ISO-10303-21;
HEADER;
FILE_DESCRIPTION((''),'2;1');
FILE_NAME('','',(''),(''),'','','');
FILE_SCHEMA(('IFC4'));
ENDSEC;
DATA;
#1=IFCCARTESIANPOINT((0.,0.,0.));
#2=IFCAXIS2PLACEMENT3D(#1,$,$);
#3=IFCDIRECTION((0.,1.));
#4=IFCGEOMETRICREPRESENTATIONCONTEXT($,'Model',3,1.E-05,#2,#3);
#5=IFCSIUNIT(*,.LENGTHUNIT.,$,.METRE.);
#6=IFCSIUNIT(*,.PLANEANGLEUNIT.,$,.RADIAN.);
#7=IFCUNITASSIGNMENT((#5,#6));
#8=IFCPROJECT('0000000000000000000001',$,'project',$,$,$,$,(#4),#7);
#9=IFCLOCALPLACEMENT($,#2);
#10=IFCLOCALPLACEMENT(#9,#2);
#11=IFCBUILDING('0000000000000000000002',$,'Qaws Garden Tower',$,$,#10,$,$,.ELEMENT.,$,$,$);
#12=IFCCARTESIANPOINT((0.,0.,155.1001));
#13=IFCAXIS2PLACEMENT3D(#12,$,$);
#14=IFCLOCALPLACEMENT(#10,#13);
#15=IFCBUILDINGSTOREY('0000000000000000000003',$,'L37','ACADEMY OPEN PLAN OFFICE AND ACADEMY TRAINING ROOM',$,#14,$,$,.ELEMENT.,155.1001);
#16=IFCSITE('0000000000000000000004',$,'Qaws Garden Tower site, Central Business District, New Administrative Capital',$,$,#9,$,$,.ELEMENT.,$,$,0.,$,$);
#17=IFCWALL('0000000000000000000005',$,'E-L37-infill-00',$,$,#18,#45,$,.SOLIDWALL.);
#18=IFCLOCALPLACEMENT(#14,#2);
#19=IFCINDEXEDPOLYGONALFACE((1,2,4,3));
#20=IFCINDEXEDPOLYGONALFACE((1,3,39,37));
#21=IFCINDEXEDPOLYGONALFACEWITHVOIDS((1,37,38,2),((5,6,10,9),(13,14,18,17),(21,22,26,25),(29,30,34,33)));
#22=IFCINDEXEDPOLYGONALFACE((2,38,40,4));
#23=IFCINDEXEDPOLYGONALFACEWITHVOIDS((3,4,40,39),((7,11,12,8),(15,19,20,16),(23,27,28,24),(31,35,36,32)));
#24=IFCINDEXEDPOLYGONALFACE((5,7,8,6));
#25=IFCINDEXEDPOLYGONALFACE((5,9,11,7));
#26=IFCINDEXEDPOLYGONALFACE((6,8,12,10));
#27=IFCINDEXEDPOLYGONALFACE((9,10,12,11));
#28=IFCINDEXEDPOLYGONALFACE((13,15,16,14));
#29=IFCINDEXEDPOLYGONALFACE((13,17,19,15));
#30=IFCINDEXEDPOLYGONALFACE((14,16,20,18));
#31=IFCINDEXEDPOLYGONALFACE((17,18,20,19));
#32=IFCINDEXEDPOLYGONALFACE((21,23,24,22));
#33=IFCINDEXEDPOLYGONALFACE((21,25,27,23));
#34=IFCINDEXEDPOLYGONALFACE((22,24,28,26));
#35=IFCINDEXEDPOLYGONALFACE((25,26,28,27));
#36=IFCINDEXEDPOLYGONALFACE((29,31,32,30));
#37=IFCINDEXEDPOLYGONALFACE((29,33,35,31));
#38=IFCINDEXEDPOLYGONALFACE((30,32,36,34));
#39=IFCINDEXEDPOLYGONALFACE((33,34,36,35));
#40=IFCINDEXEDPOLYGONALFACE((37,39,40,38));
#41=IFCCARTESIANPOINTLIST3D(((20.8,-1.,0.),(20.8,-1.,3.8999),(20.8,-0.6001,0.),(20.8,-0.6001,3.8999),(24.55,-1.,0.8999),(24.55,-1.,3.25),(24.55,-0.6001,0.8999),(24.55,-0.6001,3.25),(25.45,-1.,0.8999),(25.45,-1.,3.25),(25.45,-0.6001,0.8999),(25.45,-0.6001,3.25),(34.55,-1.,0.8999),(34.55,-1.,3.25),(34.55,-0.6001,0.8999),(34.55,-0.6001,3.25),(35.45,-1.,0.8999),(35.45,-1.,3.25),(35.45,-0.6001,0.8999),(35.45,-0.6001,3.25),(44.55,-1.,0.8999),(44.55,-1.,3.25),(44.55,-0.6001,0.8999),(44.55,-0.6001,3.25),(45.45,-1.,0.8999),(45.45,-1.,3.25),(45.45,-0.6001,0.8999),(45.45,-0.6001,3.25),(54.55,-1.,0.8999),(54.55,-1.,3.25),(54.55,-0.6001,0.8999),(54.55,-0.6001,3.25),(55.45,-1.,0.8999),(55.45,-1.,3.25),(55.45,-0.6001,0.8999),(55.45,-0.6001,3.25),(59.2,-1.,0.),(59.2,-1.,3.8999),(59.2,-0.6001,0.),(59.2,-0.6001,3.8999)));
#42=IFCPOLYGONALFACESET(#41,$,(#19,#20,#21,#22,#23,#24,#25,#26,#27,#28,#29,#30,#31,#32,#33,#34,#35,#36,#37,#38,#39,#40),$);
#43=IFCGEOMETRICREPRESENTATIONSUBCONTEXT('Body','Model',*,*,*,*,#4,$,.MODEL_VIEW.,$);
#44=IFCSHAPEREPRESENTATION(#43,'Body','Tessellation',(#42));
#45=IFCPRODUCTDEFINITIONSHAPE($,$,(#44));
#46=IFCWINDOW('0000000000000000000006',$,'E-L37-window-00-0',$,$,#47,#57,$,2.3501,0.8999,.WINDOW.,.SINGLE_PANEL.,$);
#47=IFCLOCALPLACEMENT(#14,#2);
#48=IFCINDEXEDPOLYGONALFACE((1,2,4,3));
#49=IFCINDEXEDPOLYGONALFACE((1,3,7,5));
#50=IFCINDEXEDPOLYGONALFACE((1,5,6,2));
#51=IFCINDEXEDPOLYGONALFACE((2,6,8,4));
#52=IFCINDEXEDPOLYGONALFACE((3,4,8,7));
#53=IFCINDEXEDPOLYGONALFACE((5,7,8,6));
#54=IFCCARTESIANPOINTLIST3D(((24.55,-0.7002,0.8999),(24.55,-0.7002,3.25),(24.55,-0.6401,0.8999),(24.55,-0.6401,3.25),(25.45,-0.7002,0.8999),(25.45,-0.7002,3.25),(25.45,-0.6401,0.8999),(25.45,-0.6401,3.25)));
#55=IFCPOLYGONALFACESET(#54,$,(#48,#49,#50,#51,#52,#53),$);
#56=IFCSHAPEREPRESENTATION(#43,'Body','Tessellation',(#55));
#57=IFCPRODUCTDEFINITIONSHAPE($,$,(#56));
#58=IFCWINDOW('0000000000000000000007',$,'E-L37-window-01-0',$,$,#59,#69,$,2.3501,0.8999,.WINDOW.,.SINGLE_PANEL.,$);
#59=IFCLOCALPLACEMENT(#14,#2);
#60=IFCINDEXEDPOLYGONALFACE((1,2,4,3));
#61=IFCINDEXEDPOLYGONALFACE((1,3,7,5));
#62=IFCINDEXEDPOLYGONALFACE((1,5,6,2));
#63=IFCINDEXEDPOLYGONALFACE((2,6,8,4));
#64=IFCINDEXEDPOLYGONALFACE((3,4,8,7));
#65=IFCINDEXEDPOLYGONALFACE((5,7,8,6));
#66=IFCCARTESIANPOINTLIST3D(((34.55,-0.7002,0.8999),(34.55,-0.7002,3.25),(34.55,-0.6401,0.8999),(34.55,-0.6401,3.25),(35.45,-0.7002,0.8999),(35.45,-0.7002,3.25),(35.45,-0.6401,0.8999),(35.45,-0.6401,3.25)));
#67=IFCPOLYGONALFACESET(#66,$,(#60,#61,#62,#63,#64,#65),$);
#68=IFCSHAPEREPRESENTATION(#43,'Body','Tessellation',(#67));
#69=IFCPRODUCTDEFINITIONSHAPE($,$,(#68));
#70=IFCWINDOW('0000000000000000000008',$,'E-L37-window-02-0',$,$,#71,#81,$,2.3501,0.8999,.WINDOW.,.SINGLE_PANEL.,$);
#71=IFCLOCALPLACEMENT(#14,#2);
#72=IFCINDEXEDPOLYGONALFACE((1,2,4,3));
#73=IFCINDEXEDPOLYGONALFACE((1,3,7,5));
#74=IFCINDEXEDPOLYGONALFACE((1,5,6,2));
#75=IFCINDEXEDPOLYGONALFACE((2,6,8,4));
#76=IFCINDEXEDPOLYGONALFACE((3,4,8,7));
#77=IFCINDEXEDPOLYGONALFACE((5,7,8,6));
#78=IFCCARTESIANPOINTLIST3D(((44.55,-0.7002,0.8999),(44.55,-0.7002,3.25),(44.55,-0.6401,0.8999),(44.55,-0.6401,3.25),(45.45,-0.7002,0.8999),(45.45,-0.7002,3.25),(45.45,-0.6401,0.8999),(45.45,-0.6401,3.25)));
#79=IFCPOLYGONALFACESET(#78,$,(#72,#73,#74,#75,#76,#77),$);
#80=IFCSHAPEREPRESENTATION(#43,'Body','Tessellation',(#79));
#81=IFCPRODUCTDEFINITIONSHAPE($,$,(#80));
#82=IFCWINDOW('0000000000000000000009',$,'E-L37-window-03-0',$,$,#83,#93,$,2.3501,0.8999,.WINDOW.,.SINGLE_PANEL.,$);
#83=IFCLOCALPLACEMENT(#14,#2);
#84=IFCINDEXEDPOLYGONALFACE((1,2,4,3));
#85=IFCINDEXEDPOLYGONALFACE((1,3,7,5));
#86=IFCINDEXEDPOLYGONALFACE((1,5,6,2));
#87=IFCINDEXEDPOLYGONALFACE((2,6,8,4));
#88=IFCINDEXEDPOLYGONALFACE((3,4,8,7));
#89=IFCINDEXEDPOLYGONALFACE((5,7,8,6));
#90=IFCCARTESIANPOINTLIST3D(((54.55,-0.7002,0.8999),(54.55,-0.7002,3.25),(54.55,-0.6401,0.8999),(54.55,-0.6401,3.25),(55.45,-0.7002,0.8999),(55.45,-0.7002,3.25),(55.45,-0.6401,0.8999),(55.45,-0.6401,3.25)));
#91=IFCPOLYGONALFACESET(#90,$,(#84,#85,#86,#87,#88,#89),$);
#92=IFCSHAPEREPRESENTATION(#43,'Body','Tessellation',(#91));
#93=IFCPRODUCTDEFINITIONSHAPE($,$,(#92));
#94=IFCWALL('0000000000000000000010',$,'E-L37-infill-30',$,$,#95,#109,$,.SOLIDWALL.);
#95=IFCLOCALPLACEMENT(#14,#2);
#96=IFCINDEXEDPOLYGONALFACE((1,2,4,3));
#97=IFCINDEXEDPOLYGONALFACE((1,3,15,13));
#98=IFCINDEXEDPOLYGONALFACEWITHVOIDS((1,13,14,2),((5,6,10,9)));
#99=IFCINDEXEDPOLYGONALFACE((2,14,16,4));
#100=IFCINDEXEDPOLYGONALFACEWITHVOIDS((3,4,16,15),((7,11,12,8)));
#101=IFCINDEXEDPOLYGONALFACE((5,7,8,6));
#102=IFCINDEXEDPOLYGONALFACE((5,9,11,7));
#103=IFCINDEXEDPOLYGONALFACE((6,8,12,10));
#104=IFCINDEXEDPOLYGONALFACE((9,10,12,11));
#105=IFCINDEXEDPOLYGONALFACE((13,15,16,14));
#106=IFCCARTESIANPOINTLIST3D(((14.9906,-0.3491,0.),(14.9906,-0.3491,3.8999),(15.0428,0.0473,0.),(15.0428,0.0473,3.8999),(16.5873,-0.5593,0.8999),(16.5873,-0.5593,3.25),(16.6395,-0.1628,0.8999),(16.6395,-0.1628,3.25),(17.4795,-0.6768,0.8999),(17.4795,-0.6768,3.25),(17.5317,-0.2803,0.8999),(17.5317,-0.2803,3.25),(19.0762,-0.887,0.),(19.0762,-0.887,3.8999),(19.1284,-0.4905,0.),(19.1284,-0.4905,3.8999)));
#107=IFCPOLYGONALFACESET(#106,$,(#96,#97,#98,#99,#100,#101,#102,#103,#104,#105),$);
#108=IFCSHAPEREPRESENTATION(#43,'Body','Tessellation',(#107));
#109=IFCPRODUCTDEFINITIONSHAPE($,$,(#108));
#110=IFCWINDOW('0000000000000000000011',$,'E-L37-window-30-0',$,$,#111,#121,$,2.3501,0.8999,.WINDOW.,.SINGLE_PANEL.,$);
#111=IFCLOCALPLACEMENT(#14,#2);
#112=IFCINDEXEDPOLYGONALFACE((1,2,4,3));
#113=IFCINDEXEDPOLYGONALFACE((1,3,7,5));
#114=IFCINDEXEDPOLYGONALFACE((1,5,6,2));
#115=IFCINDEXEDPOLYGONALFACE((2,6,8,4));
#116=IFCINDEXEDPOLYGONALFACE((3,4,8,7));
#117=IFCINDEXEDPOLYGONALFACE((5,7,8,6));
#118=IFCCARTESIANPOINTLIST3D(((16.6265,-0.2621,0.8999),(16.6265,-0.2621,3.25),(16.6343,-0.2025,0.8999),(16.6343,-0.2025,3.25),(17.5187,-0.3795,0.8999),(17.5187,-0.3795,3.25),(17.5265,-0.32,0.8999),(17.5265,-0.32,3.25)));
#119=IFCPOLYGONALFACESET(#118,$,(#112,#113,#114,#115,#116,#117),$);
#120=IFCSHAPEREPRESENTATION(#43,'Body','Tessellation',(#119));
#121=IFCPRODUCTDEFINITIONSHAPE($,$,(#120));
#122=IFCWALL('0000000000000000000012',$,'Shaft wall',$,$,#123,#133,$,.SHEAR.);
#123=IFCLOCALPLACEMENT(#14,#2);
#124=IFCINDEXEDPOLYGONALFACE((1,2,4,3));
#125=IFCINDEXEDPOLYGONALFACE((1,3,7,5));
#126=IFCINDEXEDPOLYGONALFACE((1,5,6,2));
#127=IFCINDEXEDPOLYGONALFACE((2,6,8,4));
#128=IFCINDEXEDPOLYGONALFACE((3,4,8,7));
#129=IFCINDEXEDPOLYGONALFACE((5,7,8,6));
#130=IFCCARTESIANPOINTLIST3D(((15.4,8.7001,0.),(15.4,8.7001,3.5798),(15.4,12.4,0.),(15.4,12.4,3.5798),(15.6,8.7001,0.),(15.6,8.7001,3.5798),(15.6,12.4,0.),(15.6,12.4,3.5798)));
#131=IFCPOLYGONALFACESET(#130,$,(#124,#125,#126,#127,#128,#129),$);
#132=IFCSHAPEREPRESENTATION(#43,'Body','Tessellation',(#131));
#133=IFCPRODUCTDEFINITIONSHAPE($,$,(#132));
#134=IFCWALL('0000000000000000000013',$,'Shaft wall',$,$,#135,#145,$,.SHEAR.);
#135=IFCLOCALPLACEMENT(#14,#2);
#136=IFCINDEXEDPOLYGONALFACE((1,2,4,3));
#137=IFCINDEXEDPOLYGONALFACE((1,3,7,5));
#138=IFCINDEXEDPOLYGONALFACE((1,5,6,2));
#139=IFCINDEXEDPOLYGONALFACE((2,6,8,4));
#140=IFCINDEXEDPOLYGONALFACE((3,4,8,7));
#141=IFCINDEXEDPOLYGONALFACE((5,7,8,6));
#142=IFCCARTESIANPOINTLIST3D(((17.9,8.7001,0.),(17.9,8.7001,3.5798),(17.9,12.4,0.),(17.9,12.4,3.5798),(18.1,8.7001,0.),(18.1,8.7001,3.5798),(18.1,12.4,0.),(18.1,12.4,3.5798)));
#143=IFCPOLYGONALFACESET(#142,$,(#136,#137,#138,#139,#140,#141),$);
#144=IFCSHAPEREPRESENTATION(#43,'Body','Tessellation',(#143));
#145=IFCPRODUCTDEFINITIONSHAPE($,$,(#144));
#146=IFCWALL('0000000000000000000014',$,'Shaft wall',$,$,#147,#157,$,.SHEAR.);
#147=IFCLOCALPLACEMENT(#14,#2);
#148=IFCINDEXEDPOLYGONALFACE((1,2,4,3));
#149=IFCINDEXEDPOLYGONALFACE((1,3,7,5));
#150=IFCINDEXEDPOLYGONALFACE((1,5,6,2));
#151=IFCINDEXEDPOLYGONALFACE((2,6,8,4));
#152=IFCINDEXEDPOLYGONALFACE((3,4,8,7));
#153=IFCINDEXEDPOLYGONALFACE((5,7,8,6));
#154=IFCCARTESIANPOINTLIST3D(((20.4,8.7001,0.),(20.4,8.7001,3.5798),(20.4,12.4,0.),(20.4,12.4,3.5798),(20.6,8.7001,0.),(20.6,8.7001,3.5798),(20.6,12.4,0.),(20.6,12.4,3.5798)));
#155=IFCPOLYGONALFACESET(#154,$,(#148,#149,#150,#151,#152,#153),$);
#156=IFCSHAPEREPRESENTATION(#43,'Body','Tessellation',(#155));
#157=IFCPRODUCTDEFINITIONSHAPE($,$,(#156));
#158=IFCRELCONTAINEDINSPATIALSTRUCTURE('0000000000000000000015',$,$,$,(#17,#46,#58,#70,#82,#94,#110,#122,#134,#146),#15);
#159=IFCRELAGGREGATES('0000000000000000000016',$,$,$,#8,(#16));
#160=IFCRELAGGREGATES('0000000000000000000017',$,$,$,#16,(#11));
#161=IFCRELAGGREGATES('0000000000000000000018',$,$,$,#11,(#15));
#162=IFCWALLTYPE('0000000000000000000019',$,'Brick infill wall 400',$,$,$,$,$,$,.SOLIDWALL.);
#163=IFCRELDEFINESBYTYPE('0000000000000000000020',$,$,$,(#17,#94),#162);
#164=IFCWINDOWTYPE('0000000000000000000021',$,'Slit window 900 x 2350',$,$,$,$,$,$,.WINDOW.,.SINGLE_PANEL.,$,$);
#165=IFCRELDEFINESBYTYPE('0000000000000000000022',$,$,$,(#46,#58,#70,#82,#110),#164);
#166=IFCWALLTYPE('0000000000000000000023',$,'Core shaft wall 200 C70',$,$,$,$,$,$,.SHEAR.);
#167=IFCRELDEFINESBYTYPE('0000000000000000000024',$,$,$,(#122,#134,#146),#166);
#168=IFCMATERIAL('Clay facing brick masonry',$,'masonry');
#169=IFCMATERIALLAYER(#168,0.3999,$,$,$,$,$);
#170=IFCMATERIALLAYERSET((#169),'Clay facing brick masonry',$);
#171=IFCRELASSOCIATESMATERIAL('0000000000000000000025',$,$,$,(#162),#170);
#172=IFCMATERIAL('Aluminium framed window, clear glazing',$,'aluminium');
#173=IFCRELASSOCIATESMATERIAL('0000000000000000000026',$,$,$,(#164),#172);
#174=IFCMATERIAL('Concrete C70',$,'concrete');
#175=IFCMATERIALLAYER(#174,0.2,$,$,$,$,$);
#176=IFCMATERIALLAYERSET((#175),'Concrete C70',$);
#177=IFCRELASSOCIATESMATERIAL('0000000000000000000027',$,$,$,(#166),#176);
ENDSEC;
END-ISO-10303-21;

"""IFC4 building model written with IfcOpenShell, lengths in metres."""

from ifc_helpers import new_model, si_unit, direction, frame, frame_2d, origin, place, context, subcontext, project, spatial, rectangle, extrude, material, layer, layer_set, type_object, element, fill, save


model = new_model("IFC4")

# Units and contexts
model_context = context("Model", 3, precision=1e-05, world=origin(), true_north=direction((0.0, 1.0)))
body_context = subcontext(model_context, "Body", "Model", "MODEL_VIEW")
ifc_project = project(units=[si_unit("LENGTHUNIT", "METRE"), si_unit("PLANEANGLEUNIT", "RADIAN")], contexts=[model_context])

# Site, building, storey
site_placement = place(None, origin())
site = spatial("IfcSite", under=ifc_project, at=site_placement, Name="Qaws Garden Tower site, Central Business District, New Administrative Capital", CompositionType="ELEMENT", RefElevation=0.0)
building_placement = place(site_placement, origin())
building = spatial("IfcBuilding", under=site, at=building_placement, Name="Qaws Garden Tower", CompositionType="ELEMENT")
storey_placement = place(building_placement, frame((0.0, 0.0, 155.1001)))
storey = spatial("IfcBuildingStorey", under=building, at=storey_placement, Name="L37", Description="ACADEMY OPEN PLAN OFFICE AND ACADEMY TRAINING ROOM", CompositionType="ELEMENT", Elevation=155.1001)

# Wall, openings, windows
ifc_material_1 = material(Name="Clay facing brick masonry", Category="masonry")
ifc_layer_1 = layer(ifc_material_1, 0.3999)
ifc_layer_set_1 = layer_set([ifc_layer_1], Name="Clay facing brick masonry")
wall_type_1 = type_object("IfcWallType", Name="Brick infill wall 400", PredefinedType="SOLIDWALL", material=ifc_layer_set_1)
wall_1_placement = place(storey_placement, frame((20.8, -0.8, 0.0), z_axis=(0.0, 0.0, 1.0), x_axis=(1.0, 0.0, 0.0)))
wall_1 = element("IfcWall", 1, at=wall_1_placement, inside=storey, type_object=wall_type_1, Name="E-L37-infill-00", PredefinedType="SOLIDWALL", context=body_context, shape_type="SweptSolid", body=[
    extrude(rectangle(XDim=38.3999, YDim=0.3999, at=frame_2d((19.2, 0.0))), origin(), (0.0, 0.0, 1.0), 3.8999),
])
opening_1_placement = place(wall_1_placement, frame((3.75, 0.0, 0.8999)))
opening_1 = element("IfcOpeningElement", 2, at=opening_1_placement, cuts=wall_1, PredefinedType="OPENING", context=body_context, shape_type="SweptSolid", body=[
    extrude(rectangle(XDim=0.8999, YDim=2.3501, at=frame_2d((0.45, 1.175))), frame((0.0, 0.21, 0.0), z_axis=(0.0, -1.0, 0.0), x_axis=(1.0, 0.0, 0.0)), (0.0, 0.0, 1.0), 0.4199),
])
opening_2_placement = place(wall_1_placement, frame((13.75, 0.0, 0.8999)))
opening_2 = element("IfcOpeningElement", 3, at=opening_2_placement, cuts=wall_1, PredefinedType="OPENING", context=body_context, shape_type="SweptSolid", body=[
    extrude(rectangle(XDim=0.8999, YDim=2.3501, at=frame_2d((0.45, 1.175))), frame((0.0, 0.21, 0.0), z_axis=(0.0, -1.0, 0.0), x_axis=(1.0, 0.0, 0.0)), (0.0, 0.0, 1.0), 0.4199),
])
opening_3_placement = place(wall_1_placement, frame((23.75, 0.0, 0.8999)))
opening_3 = element("IfcOpeningElement", 4, at=opening_3_placement, cuts=wall_1, PredefinedType="OPENING", context=body_context, shape_type="SweptSolid", body=[
    extrude(rectangle(XDim=0.8999, YDim=2.3501, at=frame_2d((0.45, 1.175))), frame((0.0, 0.21, 0.0), z_axis=(0.0, -1.0, 0.0), x_axis=(1.0, 0.0, 0.0)), (0.0, 0.0, 1.0), 0.4199),
])
opening_4_placement = place(wall_1_placement, frame((33.75, 0.0, 0.8999)))
opening_4 = element("IfcOpeningElement", 5, at=opening_4_placement, cuts=wall_1, PredefinedType="OPENING", context=body_context, shape_type="SweptSolid", body=[
    extrude(rectangle(XDim=0.8999, YDim=2.3501, at=frame_2d((0.45, 1.175))), frame((0.0, 0.21, 0.0), z_axis=(0.0, -1.0, 0.0), x_axis=(1.0, 0.0, 0.0)), (0.0, 0.0, 1.0), 0.4199),
])
ifc_material_2 = material(Name="Aluminium framed window, clear glazing", Category="aluminium")
window_type = type_object("IfcWindowType", Name="Slit window 900 x 2350", PartitioningType="SINGLE_PANEL", PredefinedType="WINDOW", material=ifc_material_2)
window_1_placement = place(opening_1_placement, origin())
window_1 = element("IfcWindow", 6, at=window_1_placement, inside=storey, type_object=window_type, Name="E-L37-window-00-0", OverallHeight=2.3501, OverallWidth=0.8999, PartitioningType="SINGLE_PANEL", PredefinedType="WINDOW", context=body_context, shape_type="SweptSolid", body=[
    extrude(rectangle(XDim=0.8999, YDim=2.3501, at=frame_2d((0.45, 1.175))), frame((0.0, 0.1599, 0.0), z_axis=(0.0, -1.0, 0.0), x_axis=(1.0, 0.0, 0.0)), (0.0, 0.0, 1.0), 0.0601),
])
fill(opening_1, window_1)
window_2_placement = place(opening_2_placement, origin())
window_2 = element("IfcWindow", 7, at=window_2_placement, inside=storey, type_object=window_type, Name="E-L37-window-01-0", OverallHeight=2.3501, OverallWidth=0.8999, PartitioningType="SINGLE_PANEL", PredefinedType="WINDOW", context=body_context, shape_type="SweptSolid", body=[
    extrude(rectangle(XDim=0.8999, YDim=2.3501, at=frame_2d((0.45, 1.175))), frame((0.0, 0.1599, 0.0), z_axis=(0.0, -1.0, 0.0), x_axis=(1.0, 0.0, 0.0)), (0.0, 0.0, 1.0), 0.0601),
])
fill(opening_2, window_2)
window_3_placement = place(opening_3_placement, origin())
window_3 = element("IfcWindow", 8, at=window_3_placement, inside=storey, type_object=window_type, Name="E-L37-window-02-0", OverallHeight=2.3501, OverallWidth=0.8999, PartitioningType="SINGLE_PANEL", PredefinedType="WINDOW", context=body_context, shape_type="SweptSolid", body=[
    extrude(rectangle(XDim=0.8999, YDim=2.3501, at=frame_2d((0.45, 1.175))), frame((0.0, 0.1599, 0.0), z_axis=(0.0, -1.0, 0.0), x_axis=(1.0, 0.0, 0.0)), (0.0, 0.0, 1.0), 0.0601),
])
fill(opening_3, window_3)
window_4_placement = place(opening_4_placement, origin())
window_4 = element("IfcWindow", 9, at=window_4_placement, inside=storey, type_object=window_type, Name="E-L37-window-03-0", OverallHeight=2.3501, OverallWidth=0.8999, PartitioningType="SINGLE_PANEL", PredefinedType="WINDOW", context=body_context, shape_type="SweptSolid", body=[
    extrude(rectangle(XDim=0.8999, YDim=2.3501, at=frame_2d((0.45, 1.175))), frame((0.0, 0.1599, 0.0), z_axis=(0.0, -1.0, 0.0), x_axis=(1.0, 0.0, 0.0)), (0.0, 0.0, 1.0), 0.0601),
])
fill(opening_4, window_4)

# Wall, opening, window
wall_2_placement = place(storey_placement, frame((15.0166, -0.1509, 0.0), z_axis=(0.0, 0.0, 1.0), x_axis=(0.991446, -0.130514, 0.0)))
wall_2 = element("IfcWall", 10, at=wall_2_placement, inside=storey, type_object=wall_type_1, Name="E-L37-infill-30", PredefinedType="SOLIDWALL", context=body_context, shape_type="SweptSolid", body=[
    extrude(rectangle(XDim=4.1208, YDim=0.3999, at=frame_2d((2.0605, 0.0))), origin(), (0.0, 0.0, 1.0), 3.8999),
])
opening_5_placement = place(wall_2_placement, frame((1.6106, 0.0, 0.8999)))
opening_5 = element("IfcOpeningElement", 11, at=opening_5_placement, cuts=wall_2, PredefinedType="OPENING", context=body_context, shape_type="SweptSolid", body=[
    extrude(rectangle(XDim=0.8999, YDim=2.3501, at=frame_2d((0.45, 1.175))), frame((0.0, 0.21, 0.0), z_axis=(0.0, -1.0, 0.0), x_axis=(1.0, 0.0, 0.0)), (0.0, 0.0, 1.0), 0.4199),
])
window_5_placement = place(opening_5_placement, origin())
window_5 = element("IfcWindow", 12, at=window_5_placement, inside=storey, type_object=window_type, Name="E-L37-window-30-0", OverallHeight=2.3501, OverallWidth=0.8999, PartitioningType="SINGLE_PANEL", PredefinedType="WINDOW", context=body_context, shape_type="SweptSolid", body=[
    extrude(rectangle(XDim=0.8999, YDim=2.3501, at=frame_2d((0.45, 1.175))), frame((0.0, 0.1599, 0.0), z_axis=(0.0, -1.0, 0.0), x_axis=(1.0, 0.0, 0.0)), (0.0, 0.0, 1.0), 0.0601),
])
fill(opening_5, window_5)

# Walls
ifc_material_3 = material(Name="Concrete C70", Category="concrete")
ifc_layer_2 = layer(ifc_material_3, 0.2)
ifc_layer_set_2 = layer_set([ifc_layer_2], Name="Concrete C70")
wall_type_2 = type_object("IfcWallType", Name="Core shaft wall 200 C70", PredefinedType="SHEAR", material=ifc_layer_set_2)
for number, where, z_axis, x_axis, name in (
    (13, (15.5, 8.7, 0.0), (0.0, 0.0, 1.0), (0.0, 1.0, 0.0), "Shaft wall"),
    (14, (18.0, 8.7, 0.0), (0.0, 0.0, 1.0), (0.0, 1.0, 0.0), "Shaft wall"),
    (15, (20.5, 8.7, 0.0), (0.0, 0.0, 1.0), (0.0, 1.0, 0.0), "Shaft wall"),
):
    element("IfcWall", number, at=place(storey_placement, frame(where, z_axis=z_axis, x_axis=x_axis)), inside=storey, type_object=wall_type_2, Name=name, PredefinedType="SHEAR", context=body_context, shape_type="SweptSolid", body=[
        extrude(rectangle(XDim=3.7, YDim=0.2, at=frame_2d((1.8501, 0.0))), origin(), (0.0, 0.0, 1.0), 3.5798),
    ])

save(model, "model.ifc")
